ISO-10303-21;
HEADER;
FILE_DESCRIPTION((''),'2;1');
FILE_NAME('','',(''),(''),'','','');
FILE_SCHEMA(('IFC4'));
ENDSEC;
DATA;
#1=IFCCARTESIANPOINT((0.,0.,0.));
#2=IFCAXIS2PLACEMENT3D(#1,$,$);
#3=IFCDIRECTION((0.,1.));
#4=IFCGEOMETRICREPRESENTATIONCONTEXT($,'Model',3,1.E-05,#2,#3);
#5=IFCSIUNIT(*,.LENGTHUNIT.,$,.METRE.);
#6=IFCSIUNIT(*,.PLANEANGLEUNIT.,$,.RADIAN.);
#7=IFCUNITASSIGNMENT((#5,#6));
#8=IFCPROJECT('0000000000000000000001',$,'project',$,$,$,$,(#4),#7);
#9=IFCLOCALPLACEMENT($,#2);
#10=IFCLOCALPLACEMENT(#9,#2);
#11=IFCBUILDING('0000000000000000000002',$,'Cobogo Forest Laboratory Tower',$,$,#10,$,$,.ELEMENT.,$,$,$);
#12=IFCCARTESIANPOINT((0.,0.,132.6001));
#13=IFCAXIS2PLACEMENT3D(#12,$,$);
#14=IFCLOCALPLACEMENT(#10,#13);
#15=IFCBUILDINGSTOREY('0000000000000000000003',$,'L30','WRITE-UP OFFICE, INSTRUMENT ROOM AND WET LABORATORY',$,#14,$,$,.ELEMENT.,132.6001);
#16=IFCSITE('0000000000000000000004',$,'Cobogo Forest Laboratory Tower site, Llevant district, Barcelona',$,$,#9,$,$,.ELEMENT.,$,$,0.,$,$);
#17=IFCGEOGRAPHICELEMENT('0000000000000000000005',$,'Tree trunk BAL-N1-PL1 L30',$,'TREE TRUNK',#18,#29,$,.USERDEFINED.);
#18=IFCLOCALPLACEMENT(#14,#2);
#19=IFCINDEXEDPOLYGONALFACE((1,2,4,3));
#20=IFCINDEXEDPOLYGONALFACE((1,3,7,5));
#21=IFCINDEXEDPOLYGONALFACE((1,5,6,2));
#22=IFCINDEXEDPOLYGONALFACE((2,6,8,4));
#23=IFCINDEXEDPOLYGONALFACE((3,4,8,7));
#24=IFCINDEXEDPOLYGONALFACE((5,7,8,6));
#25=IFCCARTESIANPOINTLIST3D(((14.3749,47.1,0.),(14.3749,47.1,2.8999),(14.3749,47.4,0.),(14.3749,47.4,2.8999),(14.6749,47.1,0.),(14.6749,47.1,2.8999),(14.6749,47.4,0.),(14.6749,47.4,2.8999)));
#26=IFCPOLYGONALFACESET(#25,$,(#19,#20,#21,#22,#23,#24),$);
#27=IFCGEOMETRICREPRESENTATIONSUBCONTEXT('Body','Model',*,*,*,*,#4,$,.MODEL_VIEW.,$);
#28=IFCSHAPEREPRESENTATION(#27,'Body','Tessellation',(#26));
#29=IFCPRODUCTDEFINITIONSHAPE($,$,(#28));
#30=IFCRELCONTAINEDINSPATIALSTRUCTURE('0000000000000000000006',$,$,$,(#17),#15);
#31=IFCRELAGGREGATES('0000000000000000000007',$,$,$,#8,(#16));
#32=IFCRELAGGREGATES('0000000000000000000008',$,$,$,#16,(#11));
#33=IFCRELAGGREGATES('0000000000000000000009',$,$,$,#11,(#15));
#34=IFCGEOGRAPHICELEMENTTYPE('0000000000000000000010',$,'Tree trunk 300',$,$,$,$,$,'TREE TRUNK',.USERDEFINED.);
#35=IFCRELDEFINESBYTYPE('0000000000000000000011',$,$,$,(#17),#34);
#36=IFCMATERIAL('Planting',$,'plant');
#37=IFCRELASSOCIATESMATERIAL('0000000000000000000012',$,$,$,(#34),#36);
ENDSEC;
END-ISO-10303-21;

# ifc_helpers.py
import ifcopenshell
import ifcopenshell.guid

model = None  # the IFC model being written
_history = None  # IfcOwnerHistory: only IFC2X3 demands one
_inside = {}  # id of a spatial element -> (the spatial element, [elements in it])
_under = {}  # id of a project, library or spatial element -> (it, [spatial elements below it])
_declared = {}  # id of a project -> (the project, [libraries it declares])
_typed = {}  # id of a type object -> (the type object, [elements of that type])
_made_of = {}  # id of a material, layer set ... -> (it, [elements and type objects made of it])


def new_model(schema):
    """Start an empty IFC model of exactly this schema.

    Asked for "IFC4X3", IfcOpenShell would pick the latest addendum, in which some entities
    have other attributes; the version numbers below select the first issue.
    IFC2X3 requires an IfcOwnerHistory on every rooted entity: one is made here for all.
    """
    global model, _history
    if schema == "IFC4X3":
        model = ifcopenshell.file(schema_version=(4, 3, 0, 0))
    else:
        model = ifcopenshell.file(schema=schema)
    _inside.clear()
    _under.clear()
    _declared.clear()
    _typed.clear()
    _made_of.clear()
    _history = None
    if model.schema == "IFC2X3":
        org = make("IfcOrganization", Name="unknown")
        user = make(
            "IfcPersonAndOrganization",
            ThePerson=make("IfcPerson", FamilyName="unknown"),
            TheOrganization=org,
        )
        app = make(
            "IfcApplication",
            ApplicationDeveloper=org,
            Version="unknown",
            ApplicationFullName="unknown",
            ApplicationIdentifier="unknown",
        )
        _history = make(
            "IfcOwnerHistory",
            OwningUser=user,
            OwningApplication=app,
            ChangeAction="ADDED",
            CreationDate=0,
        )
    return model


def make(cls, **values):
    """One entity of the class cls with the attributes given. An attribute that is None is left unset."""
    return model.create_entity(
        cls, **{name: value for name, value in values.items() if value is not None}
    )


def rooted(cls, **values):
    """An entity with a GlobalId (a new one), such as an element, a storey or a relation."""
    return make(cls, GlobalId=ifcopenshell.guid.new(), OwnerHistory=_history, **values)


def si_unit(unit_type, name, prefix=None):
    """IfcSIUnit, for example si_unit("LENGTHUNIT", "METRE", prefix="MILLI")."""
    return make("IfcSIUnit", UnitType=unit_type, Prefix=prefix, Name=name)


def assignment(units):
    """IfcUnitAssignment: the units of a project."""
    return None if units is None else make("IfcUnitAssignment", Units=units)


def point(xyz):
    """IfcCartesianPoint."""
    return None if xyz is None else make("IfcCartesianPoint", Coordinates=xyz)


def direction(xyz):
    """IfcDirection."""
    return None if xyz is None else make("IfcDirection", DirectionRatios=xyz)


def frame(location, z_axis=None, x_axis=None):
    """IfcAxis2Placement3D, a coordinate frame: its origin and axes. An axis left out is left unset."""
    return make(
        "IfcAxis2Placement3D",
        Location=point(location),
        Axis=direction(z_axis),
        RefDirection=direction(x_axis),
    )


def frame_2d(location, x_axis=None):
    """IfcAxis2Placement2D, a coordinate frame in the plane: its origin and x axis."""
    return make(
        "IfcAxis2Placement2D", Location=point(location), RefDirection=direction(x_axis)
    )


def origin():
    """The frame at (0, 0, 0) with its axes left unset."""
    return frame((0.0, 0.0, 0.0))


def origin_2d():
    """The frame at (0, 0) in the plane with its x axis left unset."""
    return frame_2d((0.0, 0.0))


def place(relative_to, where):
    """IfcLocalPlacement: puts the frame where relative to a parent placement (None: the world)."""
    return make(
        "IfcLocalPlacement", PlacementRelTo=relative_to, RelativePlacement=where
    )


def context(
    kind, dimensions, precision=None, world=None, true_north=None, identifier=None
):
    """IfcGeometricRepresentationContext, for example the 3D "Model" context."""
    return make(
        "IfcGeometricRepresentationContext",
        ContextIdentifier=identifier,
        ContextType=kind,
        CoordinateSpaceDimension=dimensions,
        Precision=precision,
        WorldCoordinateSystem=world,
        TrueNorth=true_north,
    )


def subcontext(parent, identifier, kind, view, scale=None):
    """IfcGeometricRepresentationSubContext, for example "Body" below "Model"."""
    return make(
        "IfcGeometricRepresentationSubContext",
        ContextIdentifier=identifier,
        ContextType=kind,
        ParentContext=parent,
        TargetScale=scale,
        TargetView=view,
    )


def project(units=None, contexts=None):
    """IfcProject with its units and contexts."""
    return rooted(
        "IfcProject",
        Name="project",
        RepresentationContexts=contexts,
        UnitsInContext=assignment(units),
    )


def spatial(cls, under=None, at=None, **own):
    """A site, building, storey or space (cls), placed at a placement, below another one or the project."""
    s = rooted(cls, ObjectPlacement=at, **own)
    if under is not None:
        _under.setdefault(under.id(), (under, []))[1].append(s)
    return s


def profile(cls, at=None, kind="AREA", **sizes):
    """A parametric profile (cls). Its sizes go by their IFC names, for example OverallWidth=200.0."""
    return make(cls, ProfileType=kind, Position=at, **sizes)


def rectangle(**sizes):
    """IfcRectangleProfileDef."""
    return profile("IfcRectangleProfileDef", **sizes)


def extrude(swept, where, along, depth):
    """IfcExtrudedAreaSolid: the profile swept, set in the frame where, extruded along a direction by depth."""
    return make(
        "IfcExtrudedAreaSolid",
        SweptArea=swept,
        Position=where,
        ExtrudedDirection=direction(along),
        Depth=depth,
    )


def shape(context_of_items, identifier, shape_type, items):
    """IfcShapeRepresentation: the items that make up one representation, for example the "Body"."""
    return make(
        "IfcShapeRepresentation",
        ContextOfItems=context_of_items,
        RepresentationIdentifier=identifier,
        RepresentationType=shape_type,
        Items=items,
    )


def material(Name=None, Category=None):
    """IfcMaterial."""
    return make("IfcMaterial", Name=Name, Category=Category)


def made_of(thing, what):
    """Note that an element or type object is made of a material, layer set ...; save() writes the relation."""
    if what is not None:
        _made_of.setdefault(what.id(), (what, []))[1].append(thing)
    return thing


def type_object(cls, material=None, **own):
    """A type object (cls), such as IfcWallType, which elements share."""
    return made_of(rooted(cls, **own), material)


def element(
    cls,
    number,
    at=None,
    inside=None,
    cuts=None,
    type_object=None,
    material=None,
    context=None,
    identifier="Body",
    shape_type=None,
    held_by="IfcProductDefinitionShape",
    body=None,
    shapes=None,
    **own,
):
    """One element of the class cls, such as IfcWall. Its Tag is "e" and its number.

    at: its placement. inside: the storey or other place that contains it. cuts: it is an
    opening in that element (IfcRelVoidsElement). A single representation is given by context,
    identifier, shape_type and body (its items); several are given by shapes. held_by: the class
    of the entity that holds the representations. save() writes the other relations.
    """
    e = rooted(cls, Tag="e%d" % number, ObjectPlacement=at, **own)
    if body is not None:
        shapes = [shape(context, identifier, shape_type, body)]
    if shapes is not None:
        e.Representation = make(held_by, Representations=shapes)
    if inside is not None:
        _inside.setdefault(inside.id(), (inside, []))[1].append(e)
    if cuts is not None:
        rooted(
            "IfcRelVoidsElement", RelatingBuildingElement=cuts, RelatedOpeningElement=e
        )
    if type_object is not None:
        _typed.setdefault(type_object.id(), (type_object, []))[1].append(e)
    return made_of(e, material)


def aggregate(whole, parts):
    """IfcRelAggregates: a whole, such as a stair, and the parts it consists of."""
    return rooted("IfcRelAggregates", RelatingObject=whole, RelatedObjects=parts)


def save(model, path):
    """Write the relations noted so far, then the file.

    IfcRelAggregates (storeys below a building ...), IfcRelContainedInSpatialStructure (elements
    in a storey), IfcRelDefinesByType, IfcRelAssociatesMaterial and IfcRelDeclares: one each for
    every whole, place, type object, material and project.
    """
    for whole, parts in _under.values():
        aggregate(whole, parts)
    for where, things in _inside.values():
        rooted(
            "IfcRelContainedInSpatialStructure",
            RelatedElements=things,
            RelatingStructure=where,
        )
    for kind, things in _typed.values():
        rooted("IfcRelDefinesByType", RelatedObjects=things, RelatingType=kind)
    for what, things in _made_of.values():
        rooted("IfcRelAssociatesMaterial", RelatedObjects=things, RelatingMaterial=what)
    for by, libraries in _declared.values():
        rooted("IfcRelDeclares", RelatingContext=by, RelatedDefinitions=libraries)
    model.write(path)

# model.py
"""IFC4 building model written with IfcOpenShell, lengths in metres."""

from ifc_helpers import new_model, si_unit, direction, frame, origin, origin_2d, place, context, subcontext, project, spatial, rectangle, extrude, material, type_object, element, save


model = new_model("IFC4")

# Units and contexts
model_context = context("Model", 3, precision=1e-05, world=origin(), true_north=direction((0.0, 1.0)))
body_context = subcontext(model_context, "Body", "Model", "MODEL_VIEW")
ifc_project = project(units=[si_unit("LENGTHUNIT", "METRE"), si_unit("PLANEANGLEUNIT", "RADIAN")], contexts=[model_context])

# Site, building, storey
site_placement = place(None, origin())
site = spatial("IfcSite", under=ifc_project, at=site_placement, Name="Cobogo Forest Laboratory Tower site, Llevant district, Barcelona", CompositionType="ELEMENT", RefElevation=0.0)
building_placement = place(site_placement, origin())
building = spatial("IfcBuilding", under=site, at=building_placement, Name="Cobogo Forest Laboratory Tower", CompositionType="ELEMENT")
storey_placement = place(building_placement, frame((0.0, 0.0, 132.6001)))
storey = spatial("IfcBuildingStorey", under=building, at=storey_placement, Name="L30", Description="WRITE-UP OFFICE, INSTRUMENT ROOM AND WET LABORATORY", CompositionType="ELEMENT", Elevation=132.6001)

# Geographic element
ifc_material_1 = material(Name="Planting", Category="plant")
geographic_element_type = type_object("IfcGeographicElementType", Name="Tree trunk 300", ElementType="TREE TRUNK", PredefinedType="USERDEFINED", material=ifc_material_1)
geographic_element_placement = place(storey_placement, frame((14.5249, 47.25, 0.0), z_axis=(0.0, 0.0, 1.0), x_axis=(1.0, 0.0, 0.0)))
element("IfcGeographicElement", 1, at=geographic_element_placement, inside=storey, type_object=geographic_element_type, Name="Tree trunk BAL-N1-PL1 L30", ObjectType="TREE TRUNK", PredefinedType="USERDEFINED", context=body_context, shape_type="SweptSolid", body=[
    extrude(rectangle(XDim=0.3, YDim=0.3, at=origin_2d()), origin(), (0.0, 0.0, 1.0), 2.8999),
])

save(model, "model.ifc")
